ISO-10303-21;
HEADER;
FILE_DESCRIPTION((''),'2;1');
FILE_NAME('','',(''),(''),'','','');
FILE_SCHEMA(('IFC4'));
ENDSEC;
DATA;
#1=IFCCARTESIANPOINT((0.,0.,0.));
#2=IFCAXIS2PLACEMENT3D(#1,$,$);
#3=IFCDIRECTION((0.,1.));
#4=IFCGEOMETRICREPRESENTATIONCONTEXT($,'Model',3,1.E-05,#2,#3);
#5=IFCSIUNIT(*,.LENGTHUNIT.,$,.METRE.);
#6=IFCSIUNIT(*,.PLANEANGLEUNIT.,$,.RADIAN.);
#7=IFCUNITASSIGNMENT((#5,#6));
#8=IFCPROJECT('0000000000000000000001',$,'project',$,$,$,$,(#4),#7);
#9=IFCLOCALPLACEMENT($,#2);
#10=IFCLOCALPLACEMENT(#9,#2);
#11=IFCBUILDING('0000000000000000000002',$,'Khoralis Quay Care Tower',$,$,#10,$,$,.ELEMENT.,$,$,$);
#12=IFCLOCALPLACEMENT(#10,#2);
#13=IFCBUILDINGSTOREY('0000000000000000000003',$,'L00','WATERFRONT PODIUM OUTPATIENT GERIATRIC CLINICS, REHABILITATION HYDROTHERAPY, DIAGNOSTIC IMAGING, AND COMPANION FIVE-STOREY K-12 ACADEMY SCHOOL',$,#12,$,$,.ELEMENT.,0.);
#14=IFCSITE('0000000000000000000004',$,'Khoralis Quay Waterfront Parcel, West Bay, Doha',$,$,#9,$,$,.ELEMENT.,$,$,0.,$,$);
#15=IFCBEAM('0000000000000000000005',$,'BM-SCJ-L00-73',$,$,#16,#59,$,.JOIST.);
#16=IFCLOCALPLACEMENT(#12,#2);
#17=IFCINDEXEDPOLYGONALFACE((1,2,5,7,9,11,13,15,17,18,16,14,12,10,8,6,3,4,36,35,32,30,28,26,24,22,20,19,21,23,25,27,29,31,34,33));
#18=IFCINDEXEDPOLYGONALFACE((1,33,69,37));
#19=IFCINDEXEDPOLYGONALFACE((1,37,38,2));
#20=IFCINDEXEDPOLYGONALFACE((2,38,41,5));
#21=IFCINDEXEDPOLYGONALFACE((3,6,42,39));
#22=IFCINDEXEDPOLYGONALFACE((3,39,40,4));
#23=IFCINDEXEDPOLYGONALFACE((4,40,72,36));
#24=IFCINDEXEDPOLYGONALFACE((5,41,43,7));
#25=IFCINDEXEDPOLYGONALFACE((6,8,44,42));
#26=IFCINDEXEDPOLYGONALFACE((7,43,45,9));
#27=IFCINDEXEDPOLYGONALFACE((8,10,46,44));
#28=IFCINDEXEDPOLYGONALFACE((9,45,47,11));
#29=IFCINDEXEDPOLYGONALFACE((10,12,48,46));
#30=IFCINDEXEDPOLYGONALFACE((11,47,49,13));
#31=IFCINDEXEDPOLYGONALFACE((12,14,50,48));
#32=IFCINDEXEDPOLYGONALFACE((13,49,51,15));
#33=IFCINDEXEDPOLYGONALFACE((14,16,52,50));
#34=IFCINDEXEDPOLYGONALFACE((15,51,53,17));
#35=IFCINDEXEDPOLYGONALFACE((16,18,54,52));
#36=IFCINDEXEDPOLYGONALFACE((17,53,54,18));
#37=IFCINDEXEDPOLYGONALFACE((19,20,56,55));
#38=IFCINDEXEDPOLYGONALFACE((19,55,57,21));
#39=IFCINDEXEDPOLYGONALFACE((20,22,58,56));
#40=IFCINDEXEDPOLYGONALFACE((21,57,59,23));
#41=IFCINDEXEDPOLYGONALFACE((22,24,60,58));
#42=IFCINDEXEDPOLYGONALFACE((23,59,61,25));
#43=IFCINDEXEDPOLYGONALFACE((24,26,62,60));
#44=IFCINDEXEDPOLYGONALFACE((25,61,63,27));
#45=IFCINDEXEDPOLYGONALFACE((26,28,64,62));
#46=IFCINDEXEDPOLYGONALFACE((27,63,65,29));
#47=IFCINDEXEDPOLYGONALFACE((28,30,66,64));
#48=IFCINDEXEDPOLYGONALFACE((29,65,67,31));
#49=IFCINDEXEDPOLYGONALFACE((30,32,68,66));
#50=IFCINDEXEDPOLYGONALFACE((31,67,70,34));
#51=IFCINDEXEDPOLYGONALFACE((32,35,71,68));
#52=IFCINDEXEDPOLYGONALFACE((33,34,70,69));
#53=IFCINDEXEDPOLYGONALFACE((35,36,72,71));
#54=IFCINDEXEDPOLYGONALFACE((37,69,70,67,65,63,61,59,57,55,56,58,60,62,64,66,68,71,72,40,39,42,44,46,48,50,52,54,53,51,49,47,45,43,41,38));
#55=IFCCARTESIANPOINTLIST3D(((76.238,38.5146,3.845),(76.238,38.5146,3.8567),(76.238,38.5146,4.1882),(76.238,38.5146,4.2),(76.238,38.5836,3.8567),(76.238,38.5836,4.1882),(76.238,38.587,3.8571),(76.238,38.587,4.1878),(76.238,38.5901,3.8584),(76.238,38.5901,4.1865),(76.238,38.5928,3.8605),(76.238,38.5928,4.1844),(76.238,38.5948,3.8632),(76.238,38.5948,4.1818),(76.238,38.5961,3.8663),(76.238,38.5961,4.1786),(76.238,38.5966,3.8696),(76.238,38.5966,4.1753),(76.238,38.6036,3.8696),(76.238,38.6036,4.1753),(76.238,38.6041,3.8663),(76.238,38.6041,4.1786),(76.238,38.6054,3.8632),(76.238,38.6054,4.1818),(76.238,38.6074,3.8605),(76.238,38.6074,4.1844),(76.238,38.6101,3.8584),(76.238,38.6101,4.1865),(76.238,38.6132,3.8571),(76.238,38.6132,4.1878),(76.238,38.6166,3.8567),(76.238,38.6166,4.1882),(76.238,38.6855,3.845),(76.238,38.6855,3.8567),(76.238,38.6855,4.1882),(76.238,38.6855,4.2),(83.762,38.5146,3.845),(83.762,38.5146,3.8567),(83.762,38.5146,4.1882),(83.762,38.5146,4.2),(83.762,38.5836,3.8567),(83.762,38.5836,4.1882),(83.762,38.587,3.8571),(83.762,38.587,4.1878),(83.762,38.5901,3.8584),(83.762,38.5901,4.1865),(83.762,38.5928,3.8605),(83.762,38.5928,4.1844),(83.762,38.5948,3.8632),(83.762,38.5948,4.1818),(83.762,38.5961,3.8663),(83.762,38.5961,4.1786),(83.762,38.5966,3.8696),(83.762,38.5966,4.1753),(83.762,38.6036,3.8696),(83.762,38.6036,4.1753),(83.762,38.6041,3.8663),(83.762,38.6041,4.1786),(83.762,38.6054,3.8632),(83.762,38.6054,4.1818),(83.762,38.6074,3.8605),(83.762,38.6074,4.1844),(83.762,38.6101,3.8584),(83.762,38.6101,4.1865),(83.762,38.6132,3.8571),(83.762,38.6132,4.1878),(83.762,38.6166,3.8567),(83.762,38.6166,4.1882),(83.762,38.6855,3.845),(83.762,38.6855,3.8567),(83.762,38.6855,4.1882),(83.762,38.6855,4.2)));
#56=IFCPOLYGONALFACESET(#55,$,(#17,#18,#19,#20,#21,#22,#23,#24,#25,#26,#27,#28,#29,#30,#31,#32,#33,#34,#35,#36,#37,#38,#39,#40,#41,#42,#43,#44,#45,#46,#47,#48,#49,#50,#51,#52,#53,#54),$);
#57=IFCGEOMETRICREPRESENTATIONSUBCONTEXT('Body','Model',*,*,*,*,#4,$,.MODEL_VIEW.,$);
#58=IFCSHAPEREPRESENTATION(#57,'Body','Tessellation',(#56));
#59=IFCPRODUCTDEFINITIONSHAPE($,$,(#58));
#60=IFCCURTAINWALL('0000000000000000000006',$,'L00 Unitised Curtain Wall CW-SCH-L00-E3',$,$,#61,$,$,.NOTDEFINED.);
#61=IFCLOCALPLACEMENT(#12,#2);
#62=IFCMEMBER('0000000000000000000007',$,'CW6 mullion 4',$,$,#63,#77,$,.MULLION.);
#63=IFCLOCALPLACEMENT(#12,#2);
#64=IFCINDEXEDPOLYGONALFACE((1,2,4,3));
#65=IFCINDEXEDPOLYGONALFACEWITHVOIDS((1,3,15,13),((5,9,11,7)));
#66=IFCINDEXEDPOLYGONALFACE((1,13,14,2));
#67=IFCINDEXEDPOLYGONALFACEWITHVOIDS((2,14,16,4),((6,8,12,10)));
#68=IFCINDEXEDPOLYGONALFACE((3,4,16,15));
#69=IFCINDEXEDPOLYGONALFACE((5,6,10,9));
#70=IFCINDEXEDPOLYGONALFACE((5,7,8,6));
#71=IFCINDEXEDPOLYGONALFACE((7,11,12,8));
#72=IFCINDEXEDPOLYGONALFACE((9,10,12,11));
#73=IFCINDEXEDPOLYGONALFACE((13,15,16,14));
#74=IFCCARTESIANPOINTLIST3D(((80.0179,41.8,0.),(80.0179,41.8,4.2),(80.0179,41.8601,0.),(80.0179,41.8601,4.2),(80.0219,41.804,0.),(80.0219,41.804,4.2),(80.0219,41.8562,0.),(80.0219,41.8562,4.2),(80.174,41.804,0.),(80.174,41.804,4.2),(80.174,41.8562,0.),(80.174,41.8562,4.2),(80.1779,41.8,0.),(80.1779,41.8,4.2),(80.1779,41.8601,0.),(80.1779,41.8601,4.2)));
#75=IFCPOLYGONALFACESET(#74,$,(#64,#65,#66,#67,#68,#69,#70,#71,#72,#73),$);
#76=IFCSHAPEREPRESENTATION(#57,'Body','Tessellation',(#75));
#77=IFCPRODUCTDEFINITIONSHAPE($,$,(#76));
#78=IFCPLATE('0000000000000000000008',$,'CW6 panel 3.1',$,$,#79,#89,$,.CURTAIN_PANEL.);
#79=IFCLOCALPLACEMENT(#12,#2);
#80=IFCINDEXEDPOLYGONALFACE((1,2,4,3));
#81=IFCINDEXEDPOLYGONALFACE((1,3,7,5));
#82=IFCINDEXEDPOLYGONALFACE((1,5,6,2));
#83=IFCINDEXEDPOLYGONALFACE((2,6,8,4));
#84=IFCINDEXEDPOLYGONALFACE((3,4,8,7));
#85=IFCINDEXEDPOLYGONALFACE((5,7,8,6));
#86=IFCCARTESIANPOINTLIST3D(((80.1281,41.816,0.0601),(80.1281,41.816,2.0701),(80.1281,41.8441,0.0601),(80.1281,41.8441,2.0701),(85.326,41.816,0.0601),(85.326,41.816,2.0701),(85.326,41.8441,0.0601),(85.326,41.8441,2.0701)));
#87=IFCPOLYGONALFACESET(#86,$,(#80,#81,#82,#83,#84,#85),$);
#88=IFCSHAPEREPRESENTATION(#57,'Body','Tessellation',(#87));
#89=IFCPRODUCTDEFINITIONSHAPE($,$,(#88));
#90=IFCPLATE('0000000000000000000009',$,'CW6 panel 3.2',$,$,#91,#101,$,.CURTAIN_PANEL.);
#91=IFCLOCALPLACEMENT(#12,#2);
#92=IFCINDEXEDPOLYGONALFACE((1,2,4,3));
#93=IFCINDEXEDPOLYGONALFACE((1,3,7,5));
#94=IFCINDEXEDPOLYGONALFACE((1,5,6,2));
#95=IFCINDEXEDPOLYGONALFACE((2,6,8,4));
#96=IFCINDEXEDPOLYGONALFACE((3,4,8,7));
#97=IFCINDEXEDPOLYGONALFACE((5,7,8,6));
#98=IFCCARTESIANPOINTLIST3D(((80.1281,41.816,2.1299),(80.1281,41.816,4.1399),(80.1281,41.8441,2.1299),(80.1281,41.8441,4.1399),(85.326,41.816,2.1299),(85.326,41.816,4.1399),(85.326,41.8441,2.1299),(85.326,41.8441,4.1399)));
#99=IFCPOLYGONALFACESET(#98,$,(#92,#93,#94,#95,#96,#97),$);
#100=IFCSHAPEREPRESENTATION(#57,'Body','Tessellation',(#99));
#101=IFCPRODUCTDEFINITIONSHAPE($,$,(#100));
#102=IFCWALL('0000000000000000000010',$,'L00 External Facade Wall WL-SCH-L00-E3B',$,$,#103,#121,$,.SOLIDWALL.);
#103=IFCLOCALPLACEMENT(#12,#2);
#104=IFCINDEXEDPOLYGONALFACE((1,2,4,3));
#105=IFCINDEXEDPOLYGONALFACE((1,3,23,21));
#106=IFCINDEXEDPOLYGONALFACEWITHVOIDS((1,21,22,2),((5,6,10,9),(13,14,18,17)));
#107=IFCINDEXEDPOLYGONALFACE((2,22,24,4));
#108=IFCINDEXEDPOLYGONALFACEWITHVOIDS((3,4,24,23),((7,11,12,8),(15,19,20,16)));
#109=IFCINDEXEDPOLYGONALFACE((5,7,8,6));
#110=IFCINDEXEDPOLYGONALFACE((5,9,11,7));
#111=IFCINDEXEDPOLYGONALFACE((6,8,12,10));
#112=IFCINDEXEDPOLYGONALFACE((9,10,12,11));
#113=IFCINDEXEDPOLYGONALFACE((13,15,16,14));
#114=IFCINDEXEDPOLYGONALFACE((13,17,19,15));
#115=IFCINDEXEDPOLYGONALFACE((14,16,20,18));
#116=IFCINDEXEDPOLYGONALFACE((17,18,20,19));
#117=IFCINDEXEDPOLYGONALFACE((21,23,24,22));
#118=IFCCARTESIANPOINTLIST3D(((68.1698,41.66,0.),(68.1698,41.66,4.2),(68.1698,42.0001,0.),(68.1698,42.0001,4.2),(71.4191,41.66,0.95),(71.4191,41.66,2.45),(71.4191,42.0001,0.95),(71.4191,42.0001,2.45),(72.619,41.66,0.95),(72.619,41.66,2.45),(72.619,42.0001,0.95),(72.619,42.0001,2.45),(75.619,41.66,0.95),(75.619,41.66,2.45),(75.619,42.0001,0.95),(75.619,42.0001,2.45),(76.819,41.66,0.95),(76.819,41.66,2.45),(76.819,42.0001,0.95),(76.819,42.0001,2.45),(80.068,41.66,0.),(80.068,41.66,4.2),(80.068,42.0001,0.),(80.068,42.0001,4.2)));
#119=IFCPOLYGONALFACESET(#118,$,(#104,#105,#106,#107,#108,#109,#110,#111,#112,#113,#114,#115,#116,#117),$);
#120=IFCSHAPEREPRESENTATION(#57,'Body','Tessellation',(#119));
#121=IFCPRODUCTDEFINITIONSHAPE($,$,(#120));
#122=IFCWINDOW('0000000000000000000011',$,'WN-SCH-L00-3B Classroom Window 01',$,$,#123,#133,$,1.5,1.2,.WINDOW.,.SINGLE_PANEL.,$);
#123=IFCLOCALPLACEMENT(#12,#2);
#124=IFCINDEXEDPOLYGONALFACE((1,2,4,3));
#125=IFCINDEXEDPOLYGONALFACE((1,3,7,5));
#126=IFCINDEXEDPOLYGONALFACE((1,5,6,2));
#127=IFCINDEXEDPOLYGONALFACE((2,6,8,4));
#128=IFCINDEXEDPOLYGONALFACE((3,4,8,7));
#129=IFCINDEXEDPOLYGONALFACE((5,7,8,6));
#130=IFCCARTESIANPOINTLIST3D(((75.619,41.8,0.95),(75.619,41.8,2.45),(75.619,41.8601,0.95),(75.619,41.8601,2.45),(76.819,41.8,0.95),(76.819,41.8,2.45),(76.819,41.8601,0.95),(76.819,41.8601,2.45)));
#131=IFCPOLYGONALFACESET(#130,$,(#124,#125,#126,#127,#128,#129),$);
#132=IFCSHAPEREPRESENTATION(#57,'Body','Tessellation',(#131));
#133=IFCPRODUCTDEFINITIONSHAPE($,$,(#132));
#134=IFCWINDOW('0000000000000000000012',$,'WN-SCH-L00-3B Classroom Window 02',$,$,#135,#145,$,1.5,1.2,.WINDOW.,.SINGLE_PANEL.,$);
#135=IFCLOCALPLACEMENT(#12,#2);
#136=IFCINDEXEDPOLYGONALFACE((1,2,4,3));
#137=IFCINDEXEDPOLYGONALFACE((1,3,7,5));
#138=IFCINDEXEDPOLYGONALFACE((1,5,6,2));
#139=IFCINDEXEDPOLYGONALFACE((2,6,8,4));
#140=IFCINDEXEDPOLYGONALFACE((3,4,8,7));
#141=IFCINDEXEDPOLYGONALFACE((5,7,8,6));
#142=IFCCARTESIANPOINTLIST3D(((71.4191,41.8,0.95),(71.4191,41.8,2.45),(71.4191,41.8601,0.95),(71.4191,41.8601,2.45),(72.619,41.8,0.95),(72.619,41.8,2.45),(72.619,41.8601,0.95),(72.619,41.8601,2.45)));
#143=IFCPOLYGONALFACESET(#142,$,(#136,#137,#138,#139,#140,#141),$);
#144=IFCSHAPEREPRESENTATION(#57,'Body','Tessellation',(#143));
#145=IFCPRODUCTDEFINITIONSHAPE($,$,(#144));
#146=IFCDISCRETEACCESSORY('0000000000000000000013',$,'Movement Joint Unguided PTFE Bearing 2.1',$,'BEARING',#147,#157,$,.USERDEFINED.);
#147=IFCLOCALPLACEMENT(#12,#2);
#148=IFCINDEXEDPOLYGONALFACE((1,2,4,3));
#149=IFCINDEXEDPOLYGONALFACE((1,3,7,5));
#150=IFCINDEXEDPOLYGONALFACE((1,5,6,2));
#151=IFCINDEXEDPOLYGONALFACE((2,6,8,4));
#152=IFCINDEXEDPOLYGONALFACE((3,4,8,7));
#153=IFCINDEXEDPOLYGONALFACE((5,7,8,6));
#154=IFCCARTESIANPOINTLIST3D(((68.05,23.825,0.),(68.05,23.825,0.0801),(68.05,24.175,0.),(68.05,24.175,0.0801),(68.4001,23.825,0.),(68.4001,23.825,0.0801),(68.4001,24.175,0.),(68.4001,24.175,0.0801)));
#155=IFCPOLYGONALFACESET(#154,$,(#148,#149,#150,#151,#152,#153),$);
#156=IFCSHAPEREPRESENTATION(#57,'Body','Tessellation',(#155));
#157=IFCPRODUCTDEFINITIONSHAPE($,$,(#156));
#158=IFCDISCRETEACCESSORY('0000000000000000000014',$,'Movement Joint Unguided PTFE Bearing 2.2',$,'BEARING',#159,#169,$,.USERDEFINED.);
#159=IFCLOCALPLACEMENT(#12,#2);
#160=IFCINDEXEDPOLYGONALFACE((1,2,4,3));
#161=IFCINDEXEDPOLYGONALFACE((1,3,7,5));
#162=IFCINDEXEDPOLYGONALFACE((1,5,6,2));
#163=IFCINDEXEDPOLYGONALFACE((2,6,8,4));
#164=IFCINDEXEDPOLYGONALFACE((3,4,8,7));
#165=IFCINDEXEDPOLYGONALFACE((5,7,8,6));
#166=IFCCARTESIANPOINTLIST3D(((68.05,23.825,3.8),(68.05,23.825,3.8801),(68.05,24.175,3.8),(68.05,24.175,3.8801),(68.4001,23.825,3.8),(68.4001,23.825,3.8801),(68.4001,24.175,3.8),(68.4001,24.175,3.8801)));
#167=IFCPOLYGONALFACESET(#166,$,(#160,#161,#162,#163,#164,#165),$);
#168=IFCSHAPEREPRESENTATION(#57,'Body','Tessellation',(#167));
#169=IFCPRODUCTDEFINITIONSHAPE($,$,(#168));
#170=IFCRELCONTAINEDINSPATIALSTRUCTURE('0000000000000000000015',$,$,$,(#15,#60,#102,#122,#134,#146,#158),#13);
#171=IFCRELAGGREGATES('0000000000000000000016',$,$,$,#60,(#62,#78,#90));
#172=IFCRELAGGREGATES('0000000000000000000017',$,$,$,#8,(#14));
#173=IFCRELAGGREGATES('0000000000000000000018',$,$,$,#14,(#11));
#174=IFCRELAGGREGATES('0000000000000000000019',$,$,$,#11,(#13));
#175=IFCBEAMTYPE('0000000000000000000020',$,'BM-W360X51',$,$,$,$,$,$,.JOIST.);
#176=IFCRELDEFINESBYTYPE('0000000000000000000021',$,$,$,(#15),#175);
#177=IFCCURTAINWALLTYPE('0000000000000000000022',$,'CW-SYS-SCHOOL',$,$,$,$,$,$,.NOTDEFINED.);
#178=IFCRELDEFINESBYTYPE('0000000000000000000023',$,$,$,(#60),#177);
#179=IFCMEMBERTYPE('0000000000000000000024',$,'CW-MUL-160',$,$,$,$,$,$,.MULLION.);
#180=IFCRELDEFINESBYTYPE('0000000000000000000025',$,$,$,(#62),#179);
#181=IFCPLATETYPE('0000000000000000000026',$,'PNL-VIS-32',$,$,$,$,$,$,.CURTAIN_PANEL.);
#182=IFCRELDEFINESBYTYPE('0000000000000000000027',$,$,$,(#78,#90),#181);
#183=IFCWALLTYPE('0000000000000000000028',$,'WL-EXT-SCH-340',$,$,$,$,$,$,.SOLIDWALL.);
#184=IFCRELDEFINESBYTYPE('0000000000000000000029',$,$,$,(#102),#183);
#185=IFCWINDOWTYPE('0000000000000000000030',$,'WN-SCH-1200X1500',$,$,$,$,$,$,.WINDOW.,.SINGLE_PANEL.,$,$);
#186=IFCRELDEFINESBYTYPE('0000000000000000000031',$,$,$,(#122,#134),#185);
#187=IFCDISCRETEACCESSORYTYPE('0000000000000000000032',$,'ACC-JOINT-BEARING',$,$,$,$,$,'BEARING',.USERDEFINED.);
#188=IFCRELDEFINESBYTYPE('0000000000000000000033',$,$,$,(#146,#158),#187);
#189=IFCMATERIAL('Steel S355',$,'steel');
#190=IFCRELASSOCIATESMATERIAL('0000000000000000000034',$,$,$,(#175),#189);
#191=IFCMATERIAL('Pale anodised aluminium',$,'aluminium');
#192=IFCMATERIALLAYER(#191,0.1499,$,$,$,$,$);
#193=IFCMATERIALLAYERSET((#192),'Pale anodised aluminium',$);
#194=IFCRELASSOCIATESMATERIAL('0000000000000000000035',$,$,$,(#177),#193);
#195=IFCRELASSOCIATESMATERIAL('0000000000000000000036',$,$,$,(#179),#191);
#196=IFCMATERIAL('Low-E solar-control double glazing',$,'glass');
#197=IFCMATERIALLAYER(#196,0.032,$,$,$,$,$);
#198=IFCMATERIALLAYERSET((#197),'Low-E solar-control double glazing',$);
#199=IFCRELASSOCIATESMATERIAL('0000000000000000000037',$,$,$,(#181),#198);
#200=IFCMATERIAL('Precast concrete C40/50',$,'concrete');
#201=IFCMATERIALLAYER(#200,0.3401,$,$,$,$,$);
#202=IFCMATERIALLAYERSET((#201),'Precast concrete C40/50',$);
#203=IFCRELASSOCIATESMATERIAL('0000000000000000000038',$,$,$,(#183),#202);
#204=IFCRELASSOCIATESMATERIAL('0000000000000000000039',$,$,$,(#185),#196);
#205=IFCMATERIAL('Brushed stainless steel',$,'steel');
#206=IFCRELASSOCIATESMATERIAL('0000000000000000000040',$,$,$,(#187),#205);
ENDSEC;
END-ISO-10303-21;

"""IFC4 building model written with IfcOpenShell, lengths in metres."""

from ifc_helpers import new_model, si_unit, direction, frame, frame_2d, origin, origin_2d, place, context, subcontext, project, spatial, rectangle, hollow_rectangle, i_section, extrude, source, transform, mapped, material, layer, layer_set, material_profile, profile_set, type_object, element, fill, aggregate, save


model = new_model("IFC4")

# Units and contexts
model_context = context("Model", 3, precision=1e-05, world=origin(), true_north=direction((0.0, 1.0)))
body_context = subcontext(model_context, "Body", "Model", "MODEL_VIEW")
ifc_project = project(units=[si_unit("LENGTHUNIT", "METRE"), si_unit("PLANEANGLEUNIT", "RADIAN")], contexts=[model_context])

# Site, building, storey
site_placement = place(None, origin())
site = spatial("IfcSite", under=ifc_project, at=site_placement, Name="Khoralis Quay Waterfront Parcel, West Bay, Doha", CompositionType="ELEMENT", RefElevation=0.0)
building_placement = place(site_placement, origin())
building = spatial("IfcBuilding", under=site, at=building_placement, Name="Khoralis Quay Care Tower", CompositionType="ELEMENT")
storey_placement = place(building_placement, origin())
storey = spatial("IfcBuildingStorey", under=building, at=storey_placement, Name="L00", Description="WATERFRONT PODIUM OUTPATIENT GERIATRIC CLINICS, REHABILITATION HYDROTHERAPY, DIAGNOSTIC IMAGING, AND COMPANION FIVE-STOREY K-12 ACADEMY SCHOOL", CompositionType="ELEMENT", Elevation=0.0)

# Beam
ifc_material_1 = material(Name="Steel S355", Category="steel")
ifc_material_profile_1 = material_profile(ifc_material_1, i_section(OverallWidth=0.1709, OverallDepth=0.355, WebThickness=0.0071, FlangeThickness=0.0117, FilletRadius=0.0129, at=origin_2d()), Name="Steel S355")
ifc_profile_set_1 = profile_set([ifc_material_profile_1], Name="Steel S355")
beam_type_1 = type_object("IfcBeamType", Name="BM-W360X51", PredefinedType="JOIST", material=ifc_profile_set_1)
shared_shape_1 = source(origin(), body_context, "Body", "SweptSolid", [
    extrude(i_section(OverallWidth=0.1709, OverallDepth=0.355, WebThickness=0.0071, FlangeThickness=0.0117, FilletRadius=0.0129, at=origin_2d()), origin(), (0.0, 0.0, 1.0), 7.5239),
])
for number, where, z_axis, x_axis, name in (
    (1, (76.238, 38.6001, 4.0225), (1.0, 0.0, 0.0), (0.0, 1.0, 0.0), "BM-SCJ-L00-73"),
):
    element("IfcBeam", number, at=place(storey_placement, frame(where, z_axis=z_axis, x_axis=x_axis)), inside=storey, type_object=beam_type_1, Name=name, PredefinedType="JOIST", context=body_context, shape_type="MappedRepresentation", body=[
        mapped(shared_shape_1, transform((0.0, 0.0, 0.0), scale=1.0)),
    ])

# Curtain wall, member, plates
ifc_material_2 = material(Name="Pale anodised aluminium", Category="aluminium")
ifc_layer_1 = layer(ifc_material_2, 0.1499)
ifc_layer_set_1 = layer_set([ifc_layer_1], Name="Pale anodised aluminium")
curtain_wall_type = type_object("IfcCurtainWallType", Name="CW-SYS-SCHOOL", PredefinedType="NOTDEFINED", material=ifc_layer_set_1)
curtain_wall_placement = place(storey_placement, origin())
curtain_wall = element("IfcCurtainWall", 2, at=curtain_wall_placement, inside=storey, type_object=curtain_wall_type, Name="L00 Unitised Curtain Wall CW-SCH-L00-E3", PredefinedType="NOTDEFINED")
ifc_material_profile_2 = material_profile(ifc_material_2, hollow_rectangle(XDim=0.0601, YDim=0.1599, WallThickness=0.0039, at=origin_2d()), Name="Pale anodised aluminium")
ifc_profile_set_2 = profile_set([ifc_material_profile_2], Name="Pale anodised aluminium")
member_type = type_object("IfcMemberType", Name="CW-MUL-160", PredefinedType="MULLION", material=ifc_profile_set_2)
shared_shape_2 = source(origin(), body_context, "Body", "SweptSolid", [
    extrude(hollow_rectangle(XDim=0.0601, YDim=0.1599, WallThickness=0.0039, at=origin_2d()), origin(), (0.0, 0.0, 1.0), 4.2),
])
member_placement = place(storey_placement, frame((80.0979, 41.8301, 0.0), z_axis=(0.0, 0.0, 1.0), x_axis=(0.0, -1.0, 0.0)))
member = element("IfcMember", 3, at=member_placement, type_object=member_type, Name="CW6 mullion 4", PredefinedType="MULLION", context=body_context, shape_type="MappedRepresentation", body=[
    mapped(shared_shape_2, transform((0.0, 0.0, 0.0), scale=1.0)),
])
ifc_material_3 = material(Name="Low-E solar-control double glazing", Category="glass")
ifc_layer_2 = layer(ifc_material_3, 0.032)
ifc_layer_set_2 = layer_set([ifc_layer_2], Name="Low-E solar-control double glazing")
plate_type = type_object("IfcPlateType", Name="PNL-VIS-32", PredefinedType="CURTAIN_PANEL", material=ifc_layer_set_2)
shared_shape_3 = source(origin(), body_context, "Body", "SweptSolid", [
    extrude(rectangle(XDim=5.198, YDim=0.0281, at=origin_2d()), origin(), (0.0, 0.0, 1.0), 2.01),
])
plate_1_placement = place(storey_placement, frame((82.7271, 41.8301, 0.0601), z_axis=(0.0, 0.0, 1.0), x_axis=(-1.0, 0.0, 0.0)))
plate_1 = element("IfcPlate", 4, at=plate_1_placement, type_object=plate_type, Name="CW6 panel 3.1", PredefinedType="CURTAIN_PANEL", context=body_context, shape_type="MappedRepresentation", body=[
    mapped(shared_shape_3, transform((0.0, 0.0, 0.0), scale=1.0)),
])
plate_2_placement = place(storey_placement, frame((82.7271, 41.8301, 2.1299), z_axis=(0.0, 0.0, 1.0), x_axis=(-1.0, 0.0, 0.0)))
plate_2 = element("IfcPlate", 5, at=plate_2_placement, type_object=plate_type, Name="CW6 panel 3.2", PredefinedType="CURTAIN_PANEL", context=body_context, shape_type="MappedRepresentation", body=[
    mapped(shared_shape_3, transform((0.0, 0.0, 0.0), scale=1.0)),
])
aggregate(curtain_wall, [member, plate_1, plate_2])

# Wall, openings, windows
ifc_material_4 = material(Name="Precast concrete C40/50", Category="concrete")
ifc_layer_3 = layer(ifc_material_4, 0.3401)
ifc_layer_set_3 = layer_set([ifc_layer_3], Name="Precast concrete C40/50")
wall_type = type_object("IfcWallType", Name="WL-EXT-SCH-340", PredefinedType="SOLIDWALL", material=ifc_layer_set_3)
wall_placement = place(storey_placement, frame((80.0681, 41.8301, 0.0), z_axis=(0.0, 0.0, 1.0), x_axis=(-1.0, 0.0, 0.0)))
wall = element("IfcWall", 6, at=wall_placement, inside=storey, type_object=wall_type, Name="L00 External Facade Wall WL-SCH-L00-E3B", PredefinedType="SOLIDWALL", context=body_context, shape_type="SweptSolid", body=[
    extrude(rectangle(XDim=11.8982, YDim=0.3401, at=frame_2d((5.9492, 0.0))), origin(), (0.0, 0.0, 1.0), 4.2),
])
opening_1_placement = place(wall_placement, frame((3.249, 0.0, 0.95)))
opening_1 = element("IfcOpeningElement", 7, at=opening_1_placement, cuts=wall, PredefinedType="OPENING", context=body_context, shape_type="SweptSolid", body=[
    extrude(rectangle(XDim=1.2, YDim=1.5, at=frame_2d((0.6001, 0.75))), frame((0.0, 0.1802, 0.0), z_axis=(0.0, -1.0, 0.0), x_axis=(1.0, 0.0, 0.0)), (0.0, 0.0, 1.0), 0.3601),
])
opening_2_placement = place(wall_placement, frame((7.449, 0.0, 0.95)))
opening_2 = element("IfcOpeningElement", 8, at=opening_2_placement, cuts=wall, PredefinedType="OPENING", context=body_context, shape_type="SweptSolid", body=[
    extrude(rectangle(XDim=1.2, YDim=1.5, at=frame_2d((0.6001, 0.75))), frame((0.0, 0.1802, 0.0), z_axis=(0.0, -1.0, 0.0), x_axis=(1.0, 0.0, 0.0)), (0.0, 0.0, 1.0), 0.3601),
])
window_type = type_object("IfcWindowType", Name="WN-SCH-1200X1500", PartitioningType="SINGLE_PANEL", PredefinedType="WINDOW", material=ifc_material_3)
shared_shape_4 = source(origin(), body_context, "Body", "SweptSolid", [
    extrude(rectangle(XDim=1.2, YDim=1.5, at=frame_2d((0.6001, 0.75))), frame((0.0, 0.03, 0.0), z_axis=(0.0, -1.0, 0.0), x_axis=(1.0, 0.0, 0.0)), (0.0, 0.0, 1.0), 0.0601),
])
window_1_placement = place(opening_1_placement, origin())
window_1 = element("IfcWindow", 9, at=window_1_placement, inside=storey, type_object=window_type, Name="WN-SCH-L00-3B Classroom Window 01", OverallHeight=1.5, OverallWidth=1.2, PartitioningType="SINGLE_PANEL", PredefinedType="WINDOW", context=body_context, shape_type="MappedRepresentation", body=[
    mapped(shared_shape_4, transform((0.0, 0.0, 0.0), scale=1.0)),
])
fill(opening_1, window_1)
window_2_placement = place(opening_2_placement, origin())
window_2 = element("IfcWindow", 10, at=window_2_placement, inside=storey, type_object=window_type, Name="WN-SCH-L00-3B Classroom Window 02", OverallHeight=1.5, OverallWidth=1.2, PartitioningType="SINGLE_PANEL", PredefinedType="WINDOW", context=body_context, shape_type="MappedRepresentation", body=[
    mapped(shared_shape_4, transform((0.0, 0.0, 0.0), scale=1.0)),
])
fill(opening_2, window_2)

# Discrete accessories
ifc_material_5 = material(Name="Brushed stainless steel", Category="steel")
discrete_accessory_type = type_object("IfcDiscreteAccessoryType", Name="ACC-JOINT-BEARING", ElementType="BEARING", PredefinedType="USERDEFINED", material=ifc_material_5)
shared_shape_5 = source(origin(), body_context, "Body", "SweptSolid", [
    extrude(rectangle(XDim=0.3501, YDim=0.3501, at=origin_2d()), origin(), (0.0, 0.0, 1.0), 0.0801),
])
for number, where, z_axis, x_axis, name in (
    (11, (68.2251, 24.0, 0.0), (0.0, 0.0, 1.0), (1.0, 0.0, 0.0), "Movement Joint Unguided PTFE Bearing 2.1"),
    (12, (68.2251, 24.0, 3.8), (0.0, 0.0, 1.0), (1.0, 0.0, 0.0), "Movement Joint Unguided PTFE Bearing 2.2"),
):
    element("IfcDiscreteAccessory", number, at=place(storey_placement, frame(where, z_axis=z_axis, x_axis=x_axis)), inside=storey, type_object=discrete_accessory_type, Name=name, ObjectType="BEARING", PredefinedType="USERDEFINED", context=body_context, shape_type="MappedRepresentation", body=[
        mapped(shared_shape_5, transform((0.0, 0.0, 0.0), scale=1.0)),
    ])

save(model, "model.ifc")
